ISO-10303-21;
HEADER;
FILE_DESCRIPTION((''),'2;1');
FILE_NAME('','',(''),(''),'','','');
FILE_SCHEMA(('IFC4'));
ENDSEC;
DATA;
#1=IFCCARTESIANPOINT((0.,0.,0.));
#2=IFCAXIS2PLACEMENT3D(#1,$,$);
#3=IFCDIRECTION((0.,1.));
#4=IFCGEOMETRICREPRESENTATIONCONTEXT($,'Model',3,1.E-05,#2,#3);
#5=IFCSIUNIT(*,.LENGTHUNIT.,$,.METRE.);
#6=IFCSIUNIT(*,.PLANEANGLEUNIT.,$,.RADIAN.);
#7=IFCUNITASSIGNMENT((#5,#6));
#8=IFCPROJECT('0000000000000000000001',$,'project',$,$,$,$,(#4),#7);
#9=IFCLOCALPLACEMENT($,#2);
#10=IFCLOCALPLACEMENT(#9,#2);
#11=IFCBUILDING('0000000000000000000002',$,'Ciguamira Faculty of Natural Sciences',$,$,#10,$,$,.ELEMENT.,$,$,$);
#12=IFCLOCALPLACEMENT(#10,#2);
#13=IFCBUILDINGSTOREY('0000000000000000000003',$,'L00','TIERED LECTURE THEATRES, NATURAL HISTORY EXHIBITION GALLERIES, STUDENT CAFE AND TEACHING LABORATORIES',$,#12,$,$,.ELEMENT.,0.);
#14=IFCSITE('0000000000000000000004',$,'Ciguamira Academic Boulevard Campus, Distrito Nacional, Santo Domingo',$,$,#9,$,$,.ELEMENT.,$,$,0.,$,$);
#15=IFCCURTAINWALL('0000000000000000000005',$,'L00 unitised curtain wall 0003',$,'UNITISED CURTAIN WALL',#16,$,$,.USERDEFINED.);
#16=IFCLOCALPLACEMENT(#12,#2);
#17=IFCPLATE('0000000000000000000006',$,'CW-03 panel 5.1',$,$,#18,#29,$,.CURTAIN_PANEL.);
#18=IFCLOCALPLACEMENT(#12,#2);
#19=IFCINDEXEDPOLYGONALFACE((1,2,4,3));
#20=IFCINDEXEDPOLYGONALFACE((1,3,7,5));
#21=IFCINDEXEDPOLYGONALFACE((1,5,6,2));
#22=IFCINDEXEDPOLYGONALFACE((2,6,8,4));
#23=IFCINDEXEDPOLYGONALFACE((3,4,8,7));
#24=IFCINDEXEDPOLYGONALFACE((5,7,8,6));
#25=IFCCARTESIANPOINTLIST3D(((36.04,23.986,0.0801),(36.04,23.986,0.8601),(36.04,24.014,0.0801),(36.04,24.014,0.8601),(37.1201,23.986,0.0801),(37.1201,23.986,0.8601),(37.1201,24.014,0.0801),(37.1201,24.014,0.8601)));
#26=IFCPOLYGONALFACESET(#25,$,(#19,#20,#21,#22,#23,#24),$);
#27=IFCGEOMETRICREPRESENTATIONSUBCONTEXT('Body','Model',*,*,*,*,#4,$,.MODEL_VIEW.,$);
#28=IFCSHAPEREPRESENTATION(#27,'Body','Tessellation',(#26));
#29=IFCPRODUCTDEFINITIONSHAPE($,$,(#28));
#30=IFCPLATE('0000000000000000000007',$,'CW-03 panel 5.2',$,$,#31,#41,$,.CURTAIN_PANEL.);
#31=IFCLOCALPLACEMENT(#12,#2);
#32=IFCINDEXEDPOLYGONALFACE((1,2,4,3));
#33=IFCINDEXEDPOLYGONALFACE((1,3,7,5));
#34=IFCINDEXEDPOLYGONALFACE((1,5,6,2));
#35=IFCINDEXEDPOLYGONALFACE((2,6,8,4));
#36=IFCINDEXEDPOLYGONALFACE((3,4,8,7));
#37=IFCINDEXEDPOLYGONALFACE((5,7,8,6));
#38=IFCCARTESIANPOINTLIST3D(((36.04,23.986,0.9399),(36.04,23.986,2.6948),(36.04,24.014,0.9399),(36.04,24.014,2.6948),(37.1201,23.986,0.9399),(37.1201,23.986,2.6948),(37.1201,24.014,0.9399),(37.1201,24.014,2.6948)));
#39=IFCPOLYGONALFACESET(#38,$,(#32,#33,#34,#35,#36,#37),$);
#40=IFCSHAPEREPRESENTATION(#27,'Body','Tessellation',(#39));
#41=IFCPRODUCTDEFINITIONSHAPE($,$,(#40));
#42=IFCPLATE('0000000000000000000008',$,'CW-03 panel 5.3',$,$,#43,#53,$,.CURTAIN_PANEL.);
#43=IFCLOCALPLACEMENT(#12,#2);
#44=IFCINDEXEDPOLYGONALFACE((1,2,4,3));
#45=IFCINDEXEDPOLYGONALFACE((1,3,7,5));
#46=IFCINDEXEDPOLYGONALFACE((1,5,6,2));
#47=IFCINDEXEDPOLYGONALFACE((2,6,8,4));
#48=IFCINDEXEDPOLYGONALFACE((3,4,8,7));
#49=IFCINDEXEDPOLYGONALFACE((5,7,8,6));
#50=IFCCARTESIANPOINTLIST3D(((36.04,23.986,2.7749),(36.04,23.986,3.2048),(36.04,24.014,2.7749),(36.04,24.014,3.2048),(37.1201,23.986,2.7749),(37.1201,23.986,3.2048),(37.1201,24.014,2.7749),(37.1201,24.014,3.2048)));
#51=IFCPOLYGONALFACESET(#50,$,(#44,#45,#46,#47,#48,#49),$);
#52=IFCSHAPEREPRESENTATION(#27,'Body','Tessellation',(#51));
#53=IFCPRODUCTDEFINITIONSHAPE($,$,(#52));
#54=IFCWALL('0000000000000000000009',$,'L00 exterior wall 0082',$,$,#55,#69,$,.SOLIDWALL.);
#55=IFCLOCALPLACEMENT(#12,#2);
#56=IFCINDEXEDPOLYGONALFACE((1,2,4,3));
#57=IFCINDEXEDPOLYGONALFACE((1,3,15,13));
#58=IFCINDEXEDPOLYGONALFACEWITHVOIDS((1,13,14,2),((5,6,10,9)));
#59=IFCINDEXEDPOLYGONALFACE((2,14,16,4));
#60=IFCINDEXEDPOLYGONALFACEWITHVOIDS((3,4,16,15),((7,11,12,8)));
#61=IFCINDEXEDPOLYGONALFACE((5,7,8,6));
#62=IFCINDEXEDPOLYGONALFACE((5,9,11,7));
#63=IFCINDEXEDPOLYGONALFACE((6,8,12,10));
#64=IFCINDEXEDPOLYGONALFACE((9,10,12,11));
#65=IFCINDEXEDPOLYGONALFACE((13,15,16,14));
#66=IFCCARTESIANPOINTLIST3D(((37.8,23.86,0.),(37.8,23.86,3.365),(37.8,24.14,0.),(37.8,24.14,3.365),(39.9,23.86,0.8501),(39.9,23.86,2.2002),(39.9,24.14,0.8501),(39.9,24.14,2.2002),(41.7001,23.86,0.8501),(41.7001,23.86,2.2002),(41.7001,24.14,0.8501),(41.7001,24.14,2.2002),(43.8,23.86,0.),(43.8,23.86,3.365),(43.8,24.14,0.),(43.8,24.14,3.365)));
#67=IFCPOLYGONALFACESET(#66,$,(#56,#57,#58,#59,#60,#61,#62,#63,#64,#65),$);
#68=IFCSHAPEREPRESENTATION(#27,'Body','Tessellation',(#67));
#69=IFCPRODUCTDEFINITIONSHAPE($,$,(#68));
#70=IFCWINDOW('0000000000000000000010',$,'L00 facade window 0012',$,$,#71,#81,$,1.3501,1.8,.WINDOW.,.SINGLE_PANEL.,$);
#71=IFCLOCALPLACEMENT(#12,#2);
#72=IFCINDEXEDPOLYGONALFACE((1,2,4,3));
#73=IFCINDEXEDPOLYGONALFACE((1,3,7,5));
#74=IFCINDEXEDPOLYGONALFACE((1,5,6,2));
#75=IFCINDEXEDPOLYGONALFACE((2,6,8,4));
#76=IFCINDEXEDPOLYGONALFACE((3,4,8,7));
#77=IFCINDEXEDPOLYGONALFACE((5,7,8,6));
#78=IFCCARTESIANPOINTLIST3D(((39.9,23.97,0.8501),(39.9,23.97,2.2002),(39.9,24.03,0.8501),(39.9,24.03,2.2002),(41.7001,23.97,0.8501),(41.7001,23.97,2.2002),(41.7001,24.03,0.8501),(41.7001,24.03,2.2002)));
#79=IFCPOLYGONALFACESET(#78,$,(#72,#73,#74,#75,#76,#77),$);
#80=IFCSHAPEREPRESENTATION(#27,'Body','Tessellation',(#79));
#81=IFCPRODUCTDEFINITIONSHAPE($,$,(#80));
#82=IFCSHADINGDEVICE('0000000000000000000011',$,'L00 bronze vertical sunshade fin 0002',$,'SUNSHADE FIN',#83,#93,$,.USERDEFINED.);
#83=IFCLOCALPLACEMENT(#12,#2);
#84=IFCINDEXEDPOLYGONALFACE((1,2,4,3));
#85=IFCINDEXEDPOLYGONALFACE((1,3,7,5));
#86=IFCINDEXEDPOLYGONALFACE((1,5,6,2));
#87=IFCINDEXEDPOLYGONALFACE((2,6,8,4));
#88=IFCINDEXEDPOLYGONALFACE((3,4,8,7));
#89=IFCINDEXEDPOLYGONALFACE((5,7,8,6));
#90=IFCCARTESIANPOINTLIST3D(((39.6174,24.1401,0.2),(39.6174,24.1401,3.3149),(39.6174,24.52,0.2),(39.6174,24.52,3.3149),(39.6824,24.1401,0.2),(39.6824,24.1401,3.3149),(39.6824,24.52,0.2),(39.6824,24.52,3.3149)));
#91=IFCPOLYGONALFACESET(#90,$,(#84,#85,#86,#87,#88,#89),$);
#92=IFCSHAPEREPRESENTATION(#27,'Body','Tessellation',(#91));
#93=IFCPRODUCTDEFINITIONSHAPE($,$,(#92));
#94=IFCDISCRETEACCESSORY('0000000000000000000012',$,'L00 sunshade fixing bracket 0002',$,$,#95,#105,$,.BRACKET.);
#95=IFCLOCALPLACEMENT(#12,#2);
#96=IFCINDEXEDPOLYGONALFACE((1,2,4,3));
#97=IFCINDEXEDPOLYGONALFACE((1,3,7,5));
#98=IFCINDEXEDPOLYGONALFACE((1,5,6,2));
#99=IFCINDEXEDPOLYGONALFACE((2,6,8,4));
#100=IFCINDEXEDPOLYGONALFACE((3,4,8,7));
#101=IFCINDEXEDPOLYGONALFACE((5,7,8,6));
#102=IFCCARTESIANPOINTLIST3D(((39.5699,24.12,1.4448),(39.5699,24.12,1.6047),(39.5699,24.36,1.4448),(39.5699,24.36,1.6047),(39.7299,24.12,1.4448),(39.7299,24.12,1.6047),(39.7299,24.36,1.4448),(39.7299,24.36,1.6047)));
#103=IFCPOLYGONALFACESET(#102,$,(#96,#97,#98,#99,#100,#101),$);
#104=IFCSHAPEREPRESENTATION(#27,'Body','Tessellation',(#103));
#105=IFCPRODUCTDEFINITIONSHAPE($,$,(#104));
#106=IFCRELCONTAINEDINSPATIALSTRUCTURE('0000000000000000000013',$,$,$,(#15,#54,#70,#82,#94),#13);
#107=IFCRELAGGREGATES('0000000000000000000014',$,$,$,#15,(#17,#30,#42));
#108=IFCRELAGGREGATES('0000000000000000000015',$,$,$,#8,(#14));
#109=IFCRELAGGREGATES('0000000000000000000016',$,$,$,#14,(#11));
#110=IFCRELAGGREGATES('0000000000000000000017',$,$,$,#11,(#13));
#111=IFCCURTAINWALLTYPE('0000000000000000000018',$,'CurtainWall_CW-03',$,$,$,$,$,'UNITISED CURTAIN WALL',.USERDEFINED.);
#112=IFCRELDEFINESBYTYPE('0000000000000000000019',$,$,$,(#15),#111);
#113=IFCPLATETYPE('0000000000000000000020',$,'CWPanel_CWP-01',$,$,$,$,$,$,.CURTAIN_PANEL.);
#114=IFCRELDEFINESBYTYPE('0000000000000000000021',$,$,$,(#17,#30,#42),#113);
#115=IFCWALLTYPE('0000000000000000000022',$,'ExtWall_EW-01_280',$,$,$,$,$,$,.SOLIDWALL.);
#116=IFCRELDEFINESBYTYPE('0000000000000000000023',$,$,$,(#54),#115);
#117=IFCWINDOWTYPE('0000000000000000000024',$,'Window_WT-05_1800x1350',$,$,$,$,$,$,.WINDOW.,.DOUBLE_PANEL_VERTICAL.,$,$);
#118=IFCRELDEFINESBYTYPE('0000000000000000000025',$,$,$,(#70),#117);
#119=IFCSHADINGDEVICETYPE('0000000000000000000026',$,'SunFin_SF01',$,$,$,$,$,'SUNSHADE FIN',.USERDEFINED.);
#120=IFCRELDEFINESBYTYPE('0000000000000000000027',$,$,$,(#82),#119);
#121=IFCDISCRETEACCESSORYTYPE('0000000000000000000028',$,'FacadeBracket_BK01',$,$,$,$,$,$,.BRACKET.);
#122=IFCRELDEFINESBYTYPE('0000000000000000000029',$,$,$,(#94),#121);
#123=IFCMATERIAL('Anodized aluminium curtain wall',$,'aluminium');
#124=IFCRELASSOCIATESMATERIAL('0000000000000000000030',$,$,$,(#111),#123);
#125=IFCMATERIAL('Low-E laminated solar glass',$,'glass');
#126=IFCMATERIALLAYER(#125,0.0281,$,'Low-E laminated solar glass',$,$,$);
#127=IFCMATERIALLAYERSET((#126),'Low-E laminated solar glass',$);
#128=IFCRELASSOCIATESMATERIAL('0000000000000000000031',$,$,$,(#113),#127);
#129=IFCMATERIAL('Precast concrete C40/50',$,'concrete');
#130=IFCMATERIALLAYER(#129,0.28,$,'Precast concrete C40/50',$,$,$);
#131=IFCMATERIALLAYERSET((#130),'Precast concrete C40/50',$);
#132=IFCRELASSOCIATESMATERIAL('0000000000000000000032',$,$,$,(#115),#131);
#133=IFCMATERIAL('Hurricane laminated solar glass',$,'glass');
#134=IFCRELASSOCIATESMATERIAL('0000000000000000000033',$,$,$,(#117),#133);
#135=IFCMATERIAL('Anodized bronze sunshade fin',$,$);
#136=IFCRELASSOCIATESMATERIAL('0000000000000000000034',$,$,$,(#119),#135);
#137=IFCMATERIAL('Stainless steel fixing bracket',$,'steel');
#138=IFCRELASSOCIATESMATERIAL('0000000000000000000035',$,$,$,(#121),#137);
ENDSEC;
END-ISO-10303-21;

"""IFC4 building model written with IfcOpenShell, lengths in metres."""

from ifc_helpers import new_model, si_unit, direction, frame, frame_2d, origin, origin_2d, place, context, subcontext, project, spatial, rectangle, extrude, material, layer, layer_set, material_profile, profile_set, type_object, element, fill, aggregate, save


model = new_model("IFC4")

# Units and contexts
model_context = context("Model", 3, precision=1e-05, world=origin(), true_north=direction((0.0, 1.0)))
body_context = subcontext(model_context, "Body", "Model", "MODEL_VIEW")
ifc_project = project(units=[si_unit("LENGTHUNIT", "METRE"), si_unit("PLANEANGLEUNIT", "RADIAN")], contexts=[model_context])

# Site, building, storey
site_placement = place(None, origin())
site = spatial("IfcSite", under=ifc_project, at=site_placement, Name="Ciguamira Academic Boulevard Campus, Distrito Nacional, Santo Domingo", CompositionType="ELEMENT", RefElevation=0.0)
building_placement = place(site_placement, origin())
building = spatial("IfcBuilding", under=site, at=building_placement, Name="Ciguamira Faculty of Natural Sciences", CompositionType="ELEMENT")
storey_placement = place(building_placement, origin())
storey = spatial("IfcBuildingStorey", under=building, at=storey_placement, Name="L00", Description="TIERED LECTURE THEATRES, NATURAL HISTORY EXHIBITION GALLERIES, STUDENT CAFE AND TEACHING LABORATORIES", CompositionType="ELEMENT", Elevation=0.0)

# Curtain wall
ifc_material_1 = material(Name="Anodized aluminium curtain wall", Category="aluminium")
curtain_wall_type = type_object("IfcCurtainWallType", Name="CurtainWall_CW-03", ElementType="UNITISED CURTAIN WALL", PredefinedType="USERDEFINED", material=ifc_material_1)
curtain_wall_placement = place(storey_placement, origin())
curtain_wall = element("IfcCurtainWall", 1, at=curtain_wall_placement, inside=storey, type_object=curtain_wall_type, Name="L00 unitised curtain wall 0003", ObjectType="UNITISED CURTAIN WALL", PredefinedType="USERDEFINED")

# Plates
ifc_material_2 = material(Name="Low-E laminated solar glass", Category="glass")
ifc_layer_1 = layer(ifc_material_2, 0.0281, Name="Low-E laminated solar glass")
ifc_layer_set_1 = layer_set([ifc_layer_1], Name="Low-E laminated solar glass")
plate_type = type_object("IfcPlateType", Name="CWPanel_CWP-01", PredefinedType="CURTAIN_PANEL", material=ifc_layer_set_1)
plate_1_placement = place(storey_placement, frame((36.5801, 24.0, 0.0801), z_axis=(0.0, 0.0, 1.0), x_axis=(1.0, 0.0, 0.0)))
plate_1 = element("IfcPlate", 2, at=plate_1_placement, type_object=plate_type, Name="CW-03 panel 5.1", PredefinedType="CURTAIN_PANEL", context=body_context, shape_type="SweptSolid", body=[
    extrude(rectangle(XDim=1.0801, YDim=0.0281, at=origin_2d()), origin(), (0.0, 0.0, 1.0), 0.78),
])
plate_2_placement = place(storey_placement, frame((36.5801, 24.0, 0.9399), z_axis=(0.0, 0.0, 1.0), x_axis=(1.0, 0.0, 0.0)))
plate_2 = element("IfcPlate", 3, at=plate_2_placement, type_object=plate_type, Name="CW-03 panel 5.2", PredefinedType="CURTAIN_PANEL", context=body_context, shape_type="SweptSolid", body=[
    extrude(rectangle(XDim=1.0801, YDim=0.0281, at=origin_2d()), origin(), (0.0, 0.0, 1.0), 1.7549),
])
plate_3_placement = place(storey_placement, frame((36.5801, 24.0, 2.7749), z_axis=(0.0, 0.0, 1.0), x_axis=(1.0, 0.0, 0.0)))
plate_3 = element("IfcPlate", 4, at=plate_3_placement, type_object=plate_type, Name="CW-03 panel 5.3", PredefinedType="CURTAIN_PANEL", context=body_context, shape_type="SweptSolid", body=[
    extrude(rectangle(XDim=1.0801, YDim=0.0281, at=origin_2d()), origin(), (0.0, 0.0, 1.0), 0.4299),
])
aggregate(curtain_wall, [plate_1, plate_2, plate_3])

# Wall, opening, window
ifc_material_3 = material(Name="Precast concrete C40/50", Category="concrete")
ifc_layer_2 = layer(ifc_material_3, 0.28, Name="Precast concrete C40/50")
ifc_layer_set_2 = layer_set([ifc_layer_2], Name="Precast concrete C40/50")
wall_type = type_object("IfcWallType", Name="ExtWall_EW-01_280", PredefinedType="SOLIDWALL", material=ifc_layer_set_2)
wall_placement = place(storey_placement, frame((37.8, 24.0, 0.0), z_axis=(0.0, 0.0, 1.0), x_axis=(1.0, 0.0, 0.0)))
wall = element("IfcWall", 5, at=wall_placement, inside=storey, type_object=wall_type, Name="L00 exterior wall 0082", PredefinedType="SOLIDWALL", context=body_context, shape_type="SweptSolid", body=[
    extrude(rectangle(XDim=6.0, YDim=0.28, at=frame_2d((3.0, 0.0))), origin(), (0.0, 0.0, 1.0), 3.365),
])
opening_placement = place(wall_placement, frame((2.1001, 0.0, 0.8501)))
opening = element("IfcOpeningElement", 6, at=opening_placement, cuts=wall, PredefinedType="OPENING", context=body_context, shape_type="SweptSolid", body=[
    extrude(rectangle(XDim=1.8, YDim=1.3501, at=frame_2d((0.8999, 0.675))), frame((0.0, 0.1499, 0.0), z_axis=(0.0, -1.0, 0.0), x_axis=(1.0, 0.0, 0.0)), (0.0, 0.0, 1.0), 0.3),
])
ifc_material_4 = material(Name="Hurricane laminated solar glass", Category="glass")
window_type = type_object("IfcWindowType", Name="Window_WT-05_1800x1350", PartitioningType="DOUBLE_PANEL_VERTICAL", PredefinedType="WINDOW", material=ifc_material_4)
window_placement = place(opening_placement, origin())
window = element("IfcWindow", 7, at=window_placement, inside=storey, type_object=window_type, Name="L00 facade window 0012", OverallHeight=1.3501, OverallWidth=1.8, PartitioningType="SINGLE_PANEL", PredefinedType="WINDOW", context=body_context, shape_type="SweptSolid", body=[
    extrude(rectangle(XDim=1.8, YDim=1.3501, at=frame_2d((0.8999, 0.675))), frame((0.0, 0.03, 0.0), z_axis=(0.0, -1.0, 0.0), x_axis=(1.0, 0.0, 0.0)), (0.0, 0.0, 1.0), 0.0601),
])
fill(opening, window)

# Shading device
ifc_material_5 = material(Name="Anodized bronze sunshade fin")
ifc_material_profile_1 = material_profile(ifc_material_5, rectangle(XDim=0.0649, YDim=0.3799, at=origin_2d()), Name="BRZ-FIN-65X380")
ifc_profile_set_1 = profile_set([ifc_material_profile_1], Name="Anodized bronze sunshade fin")
shading_device_type = type_object("IfcShadingDeviceType", Name="SunFin_SF01", ElementType="SUNSHADE FIN", PredefinedType="USERDEFINED", material=ifc_profile_set_1)
shading_device_placement = place(storey_placement, frame((39.6499, 24.3301, 0.2), z_axis=(0.0, 0.0, 1.0), x_axis=(1.0, 0.0, 0.0)))
element("IfcShadingDevice", 8, at=shading_device_placement, inside=storey, type_object=shading_device_type, Name="L00 bronze vertical sunshade fin 0002", ObjectType="SUNSHADE FIN", PredefinedType="USERDEFINED", context=body_context, shape_type="SweptSolid", body=[
    extrude(rectangle(XDim=0.0649, YDim=0.3799, at=origin_2d()), origin(), (0.0, 0.0, 1.0), 3.115),
])

# Discrete accessory
ifc_material_6 = material(Name="Stainless steel fixing bracket", Category="steel")
discrete_accessory_type = type_object("IfcDiscreteAccessoryType", Name="FacadeBracket_BK01", PredefinedType="BRACKET", material=ifc_material_6)
discrete_accessory_placement = place(storey_placement, frame((39.6499, 24.24, 1.4448), z_axis=(0.0, 0.0, 1.0), x_axis=(1.0, 0.0, 0.0)))
element("IfcDiscreteAccessory", 9, at=discrete_accessory_placement, inside=storey, type_object=discrete_accessory_type, Name="L00 sunshade fixing bracket 0002", PredefinedType="BRACKET", context=body_context, shape_type="SweptSolid", body=[
    extrude(rectangle(XDim=0.1599, YDim=0.24, at=origin_2d()), origin(), (0.0, 0.0, 1.0), 0.1599),
])

save(model, "model.ifc")
